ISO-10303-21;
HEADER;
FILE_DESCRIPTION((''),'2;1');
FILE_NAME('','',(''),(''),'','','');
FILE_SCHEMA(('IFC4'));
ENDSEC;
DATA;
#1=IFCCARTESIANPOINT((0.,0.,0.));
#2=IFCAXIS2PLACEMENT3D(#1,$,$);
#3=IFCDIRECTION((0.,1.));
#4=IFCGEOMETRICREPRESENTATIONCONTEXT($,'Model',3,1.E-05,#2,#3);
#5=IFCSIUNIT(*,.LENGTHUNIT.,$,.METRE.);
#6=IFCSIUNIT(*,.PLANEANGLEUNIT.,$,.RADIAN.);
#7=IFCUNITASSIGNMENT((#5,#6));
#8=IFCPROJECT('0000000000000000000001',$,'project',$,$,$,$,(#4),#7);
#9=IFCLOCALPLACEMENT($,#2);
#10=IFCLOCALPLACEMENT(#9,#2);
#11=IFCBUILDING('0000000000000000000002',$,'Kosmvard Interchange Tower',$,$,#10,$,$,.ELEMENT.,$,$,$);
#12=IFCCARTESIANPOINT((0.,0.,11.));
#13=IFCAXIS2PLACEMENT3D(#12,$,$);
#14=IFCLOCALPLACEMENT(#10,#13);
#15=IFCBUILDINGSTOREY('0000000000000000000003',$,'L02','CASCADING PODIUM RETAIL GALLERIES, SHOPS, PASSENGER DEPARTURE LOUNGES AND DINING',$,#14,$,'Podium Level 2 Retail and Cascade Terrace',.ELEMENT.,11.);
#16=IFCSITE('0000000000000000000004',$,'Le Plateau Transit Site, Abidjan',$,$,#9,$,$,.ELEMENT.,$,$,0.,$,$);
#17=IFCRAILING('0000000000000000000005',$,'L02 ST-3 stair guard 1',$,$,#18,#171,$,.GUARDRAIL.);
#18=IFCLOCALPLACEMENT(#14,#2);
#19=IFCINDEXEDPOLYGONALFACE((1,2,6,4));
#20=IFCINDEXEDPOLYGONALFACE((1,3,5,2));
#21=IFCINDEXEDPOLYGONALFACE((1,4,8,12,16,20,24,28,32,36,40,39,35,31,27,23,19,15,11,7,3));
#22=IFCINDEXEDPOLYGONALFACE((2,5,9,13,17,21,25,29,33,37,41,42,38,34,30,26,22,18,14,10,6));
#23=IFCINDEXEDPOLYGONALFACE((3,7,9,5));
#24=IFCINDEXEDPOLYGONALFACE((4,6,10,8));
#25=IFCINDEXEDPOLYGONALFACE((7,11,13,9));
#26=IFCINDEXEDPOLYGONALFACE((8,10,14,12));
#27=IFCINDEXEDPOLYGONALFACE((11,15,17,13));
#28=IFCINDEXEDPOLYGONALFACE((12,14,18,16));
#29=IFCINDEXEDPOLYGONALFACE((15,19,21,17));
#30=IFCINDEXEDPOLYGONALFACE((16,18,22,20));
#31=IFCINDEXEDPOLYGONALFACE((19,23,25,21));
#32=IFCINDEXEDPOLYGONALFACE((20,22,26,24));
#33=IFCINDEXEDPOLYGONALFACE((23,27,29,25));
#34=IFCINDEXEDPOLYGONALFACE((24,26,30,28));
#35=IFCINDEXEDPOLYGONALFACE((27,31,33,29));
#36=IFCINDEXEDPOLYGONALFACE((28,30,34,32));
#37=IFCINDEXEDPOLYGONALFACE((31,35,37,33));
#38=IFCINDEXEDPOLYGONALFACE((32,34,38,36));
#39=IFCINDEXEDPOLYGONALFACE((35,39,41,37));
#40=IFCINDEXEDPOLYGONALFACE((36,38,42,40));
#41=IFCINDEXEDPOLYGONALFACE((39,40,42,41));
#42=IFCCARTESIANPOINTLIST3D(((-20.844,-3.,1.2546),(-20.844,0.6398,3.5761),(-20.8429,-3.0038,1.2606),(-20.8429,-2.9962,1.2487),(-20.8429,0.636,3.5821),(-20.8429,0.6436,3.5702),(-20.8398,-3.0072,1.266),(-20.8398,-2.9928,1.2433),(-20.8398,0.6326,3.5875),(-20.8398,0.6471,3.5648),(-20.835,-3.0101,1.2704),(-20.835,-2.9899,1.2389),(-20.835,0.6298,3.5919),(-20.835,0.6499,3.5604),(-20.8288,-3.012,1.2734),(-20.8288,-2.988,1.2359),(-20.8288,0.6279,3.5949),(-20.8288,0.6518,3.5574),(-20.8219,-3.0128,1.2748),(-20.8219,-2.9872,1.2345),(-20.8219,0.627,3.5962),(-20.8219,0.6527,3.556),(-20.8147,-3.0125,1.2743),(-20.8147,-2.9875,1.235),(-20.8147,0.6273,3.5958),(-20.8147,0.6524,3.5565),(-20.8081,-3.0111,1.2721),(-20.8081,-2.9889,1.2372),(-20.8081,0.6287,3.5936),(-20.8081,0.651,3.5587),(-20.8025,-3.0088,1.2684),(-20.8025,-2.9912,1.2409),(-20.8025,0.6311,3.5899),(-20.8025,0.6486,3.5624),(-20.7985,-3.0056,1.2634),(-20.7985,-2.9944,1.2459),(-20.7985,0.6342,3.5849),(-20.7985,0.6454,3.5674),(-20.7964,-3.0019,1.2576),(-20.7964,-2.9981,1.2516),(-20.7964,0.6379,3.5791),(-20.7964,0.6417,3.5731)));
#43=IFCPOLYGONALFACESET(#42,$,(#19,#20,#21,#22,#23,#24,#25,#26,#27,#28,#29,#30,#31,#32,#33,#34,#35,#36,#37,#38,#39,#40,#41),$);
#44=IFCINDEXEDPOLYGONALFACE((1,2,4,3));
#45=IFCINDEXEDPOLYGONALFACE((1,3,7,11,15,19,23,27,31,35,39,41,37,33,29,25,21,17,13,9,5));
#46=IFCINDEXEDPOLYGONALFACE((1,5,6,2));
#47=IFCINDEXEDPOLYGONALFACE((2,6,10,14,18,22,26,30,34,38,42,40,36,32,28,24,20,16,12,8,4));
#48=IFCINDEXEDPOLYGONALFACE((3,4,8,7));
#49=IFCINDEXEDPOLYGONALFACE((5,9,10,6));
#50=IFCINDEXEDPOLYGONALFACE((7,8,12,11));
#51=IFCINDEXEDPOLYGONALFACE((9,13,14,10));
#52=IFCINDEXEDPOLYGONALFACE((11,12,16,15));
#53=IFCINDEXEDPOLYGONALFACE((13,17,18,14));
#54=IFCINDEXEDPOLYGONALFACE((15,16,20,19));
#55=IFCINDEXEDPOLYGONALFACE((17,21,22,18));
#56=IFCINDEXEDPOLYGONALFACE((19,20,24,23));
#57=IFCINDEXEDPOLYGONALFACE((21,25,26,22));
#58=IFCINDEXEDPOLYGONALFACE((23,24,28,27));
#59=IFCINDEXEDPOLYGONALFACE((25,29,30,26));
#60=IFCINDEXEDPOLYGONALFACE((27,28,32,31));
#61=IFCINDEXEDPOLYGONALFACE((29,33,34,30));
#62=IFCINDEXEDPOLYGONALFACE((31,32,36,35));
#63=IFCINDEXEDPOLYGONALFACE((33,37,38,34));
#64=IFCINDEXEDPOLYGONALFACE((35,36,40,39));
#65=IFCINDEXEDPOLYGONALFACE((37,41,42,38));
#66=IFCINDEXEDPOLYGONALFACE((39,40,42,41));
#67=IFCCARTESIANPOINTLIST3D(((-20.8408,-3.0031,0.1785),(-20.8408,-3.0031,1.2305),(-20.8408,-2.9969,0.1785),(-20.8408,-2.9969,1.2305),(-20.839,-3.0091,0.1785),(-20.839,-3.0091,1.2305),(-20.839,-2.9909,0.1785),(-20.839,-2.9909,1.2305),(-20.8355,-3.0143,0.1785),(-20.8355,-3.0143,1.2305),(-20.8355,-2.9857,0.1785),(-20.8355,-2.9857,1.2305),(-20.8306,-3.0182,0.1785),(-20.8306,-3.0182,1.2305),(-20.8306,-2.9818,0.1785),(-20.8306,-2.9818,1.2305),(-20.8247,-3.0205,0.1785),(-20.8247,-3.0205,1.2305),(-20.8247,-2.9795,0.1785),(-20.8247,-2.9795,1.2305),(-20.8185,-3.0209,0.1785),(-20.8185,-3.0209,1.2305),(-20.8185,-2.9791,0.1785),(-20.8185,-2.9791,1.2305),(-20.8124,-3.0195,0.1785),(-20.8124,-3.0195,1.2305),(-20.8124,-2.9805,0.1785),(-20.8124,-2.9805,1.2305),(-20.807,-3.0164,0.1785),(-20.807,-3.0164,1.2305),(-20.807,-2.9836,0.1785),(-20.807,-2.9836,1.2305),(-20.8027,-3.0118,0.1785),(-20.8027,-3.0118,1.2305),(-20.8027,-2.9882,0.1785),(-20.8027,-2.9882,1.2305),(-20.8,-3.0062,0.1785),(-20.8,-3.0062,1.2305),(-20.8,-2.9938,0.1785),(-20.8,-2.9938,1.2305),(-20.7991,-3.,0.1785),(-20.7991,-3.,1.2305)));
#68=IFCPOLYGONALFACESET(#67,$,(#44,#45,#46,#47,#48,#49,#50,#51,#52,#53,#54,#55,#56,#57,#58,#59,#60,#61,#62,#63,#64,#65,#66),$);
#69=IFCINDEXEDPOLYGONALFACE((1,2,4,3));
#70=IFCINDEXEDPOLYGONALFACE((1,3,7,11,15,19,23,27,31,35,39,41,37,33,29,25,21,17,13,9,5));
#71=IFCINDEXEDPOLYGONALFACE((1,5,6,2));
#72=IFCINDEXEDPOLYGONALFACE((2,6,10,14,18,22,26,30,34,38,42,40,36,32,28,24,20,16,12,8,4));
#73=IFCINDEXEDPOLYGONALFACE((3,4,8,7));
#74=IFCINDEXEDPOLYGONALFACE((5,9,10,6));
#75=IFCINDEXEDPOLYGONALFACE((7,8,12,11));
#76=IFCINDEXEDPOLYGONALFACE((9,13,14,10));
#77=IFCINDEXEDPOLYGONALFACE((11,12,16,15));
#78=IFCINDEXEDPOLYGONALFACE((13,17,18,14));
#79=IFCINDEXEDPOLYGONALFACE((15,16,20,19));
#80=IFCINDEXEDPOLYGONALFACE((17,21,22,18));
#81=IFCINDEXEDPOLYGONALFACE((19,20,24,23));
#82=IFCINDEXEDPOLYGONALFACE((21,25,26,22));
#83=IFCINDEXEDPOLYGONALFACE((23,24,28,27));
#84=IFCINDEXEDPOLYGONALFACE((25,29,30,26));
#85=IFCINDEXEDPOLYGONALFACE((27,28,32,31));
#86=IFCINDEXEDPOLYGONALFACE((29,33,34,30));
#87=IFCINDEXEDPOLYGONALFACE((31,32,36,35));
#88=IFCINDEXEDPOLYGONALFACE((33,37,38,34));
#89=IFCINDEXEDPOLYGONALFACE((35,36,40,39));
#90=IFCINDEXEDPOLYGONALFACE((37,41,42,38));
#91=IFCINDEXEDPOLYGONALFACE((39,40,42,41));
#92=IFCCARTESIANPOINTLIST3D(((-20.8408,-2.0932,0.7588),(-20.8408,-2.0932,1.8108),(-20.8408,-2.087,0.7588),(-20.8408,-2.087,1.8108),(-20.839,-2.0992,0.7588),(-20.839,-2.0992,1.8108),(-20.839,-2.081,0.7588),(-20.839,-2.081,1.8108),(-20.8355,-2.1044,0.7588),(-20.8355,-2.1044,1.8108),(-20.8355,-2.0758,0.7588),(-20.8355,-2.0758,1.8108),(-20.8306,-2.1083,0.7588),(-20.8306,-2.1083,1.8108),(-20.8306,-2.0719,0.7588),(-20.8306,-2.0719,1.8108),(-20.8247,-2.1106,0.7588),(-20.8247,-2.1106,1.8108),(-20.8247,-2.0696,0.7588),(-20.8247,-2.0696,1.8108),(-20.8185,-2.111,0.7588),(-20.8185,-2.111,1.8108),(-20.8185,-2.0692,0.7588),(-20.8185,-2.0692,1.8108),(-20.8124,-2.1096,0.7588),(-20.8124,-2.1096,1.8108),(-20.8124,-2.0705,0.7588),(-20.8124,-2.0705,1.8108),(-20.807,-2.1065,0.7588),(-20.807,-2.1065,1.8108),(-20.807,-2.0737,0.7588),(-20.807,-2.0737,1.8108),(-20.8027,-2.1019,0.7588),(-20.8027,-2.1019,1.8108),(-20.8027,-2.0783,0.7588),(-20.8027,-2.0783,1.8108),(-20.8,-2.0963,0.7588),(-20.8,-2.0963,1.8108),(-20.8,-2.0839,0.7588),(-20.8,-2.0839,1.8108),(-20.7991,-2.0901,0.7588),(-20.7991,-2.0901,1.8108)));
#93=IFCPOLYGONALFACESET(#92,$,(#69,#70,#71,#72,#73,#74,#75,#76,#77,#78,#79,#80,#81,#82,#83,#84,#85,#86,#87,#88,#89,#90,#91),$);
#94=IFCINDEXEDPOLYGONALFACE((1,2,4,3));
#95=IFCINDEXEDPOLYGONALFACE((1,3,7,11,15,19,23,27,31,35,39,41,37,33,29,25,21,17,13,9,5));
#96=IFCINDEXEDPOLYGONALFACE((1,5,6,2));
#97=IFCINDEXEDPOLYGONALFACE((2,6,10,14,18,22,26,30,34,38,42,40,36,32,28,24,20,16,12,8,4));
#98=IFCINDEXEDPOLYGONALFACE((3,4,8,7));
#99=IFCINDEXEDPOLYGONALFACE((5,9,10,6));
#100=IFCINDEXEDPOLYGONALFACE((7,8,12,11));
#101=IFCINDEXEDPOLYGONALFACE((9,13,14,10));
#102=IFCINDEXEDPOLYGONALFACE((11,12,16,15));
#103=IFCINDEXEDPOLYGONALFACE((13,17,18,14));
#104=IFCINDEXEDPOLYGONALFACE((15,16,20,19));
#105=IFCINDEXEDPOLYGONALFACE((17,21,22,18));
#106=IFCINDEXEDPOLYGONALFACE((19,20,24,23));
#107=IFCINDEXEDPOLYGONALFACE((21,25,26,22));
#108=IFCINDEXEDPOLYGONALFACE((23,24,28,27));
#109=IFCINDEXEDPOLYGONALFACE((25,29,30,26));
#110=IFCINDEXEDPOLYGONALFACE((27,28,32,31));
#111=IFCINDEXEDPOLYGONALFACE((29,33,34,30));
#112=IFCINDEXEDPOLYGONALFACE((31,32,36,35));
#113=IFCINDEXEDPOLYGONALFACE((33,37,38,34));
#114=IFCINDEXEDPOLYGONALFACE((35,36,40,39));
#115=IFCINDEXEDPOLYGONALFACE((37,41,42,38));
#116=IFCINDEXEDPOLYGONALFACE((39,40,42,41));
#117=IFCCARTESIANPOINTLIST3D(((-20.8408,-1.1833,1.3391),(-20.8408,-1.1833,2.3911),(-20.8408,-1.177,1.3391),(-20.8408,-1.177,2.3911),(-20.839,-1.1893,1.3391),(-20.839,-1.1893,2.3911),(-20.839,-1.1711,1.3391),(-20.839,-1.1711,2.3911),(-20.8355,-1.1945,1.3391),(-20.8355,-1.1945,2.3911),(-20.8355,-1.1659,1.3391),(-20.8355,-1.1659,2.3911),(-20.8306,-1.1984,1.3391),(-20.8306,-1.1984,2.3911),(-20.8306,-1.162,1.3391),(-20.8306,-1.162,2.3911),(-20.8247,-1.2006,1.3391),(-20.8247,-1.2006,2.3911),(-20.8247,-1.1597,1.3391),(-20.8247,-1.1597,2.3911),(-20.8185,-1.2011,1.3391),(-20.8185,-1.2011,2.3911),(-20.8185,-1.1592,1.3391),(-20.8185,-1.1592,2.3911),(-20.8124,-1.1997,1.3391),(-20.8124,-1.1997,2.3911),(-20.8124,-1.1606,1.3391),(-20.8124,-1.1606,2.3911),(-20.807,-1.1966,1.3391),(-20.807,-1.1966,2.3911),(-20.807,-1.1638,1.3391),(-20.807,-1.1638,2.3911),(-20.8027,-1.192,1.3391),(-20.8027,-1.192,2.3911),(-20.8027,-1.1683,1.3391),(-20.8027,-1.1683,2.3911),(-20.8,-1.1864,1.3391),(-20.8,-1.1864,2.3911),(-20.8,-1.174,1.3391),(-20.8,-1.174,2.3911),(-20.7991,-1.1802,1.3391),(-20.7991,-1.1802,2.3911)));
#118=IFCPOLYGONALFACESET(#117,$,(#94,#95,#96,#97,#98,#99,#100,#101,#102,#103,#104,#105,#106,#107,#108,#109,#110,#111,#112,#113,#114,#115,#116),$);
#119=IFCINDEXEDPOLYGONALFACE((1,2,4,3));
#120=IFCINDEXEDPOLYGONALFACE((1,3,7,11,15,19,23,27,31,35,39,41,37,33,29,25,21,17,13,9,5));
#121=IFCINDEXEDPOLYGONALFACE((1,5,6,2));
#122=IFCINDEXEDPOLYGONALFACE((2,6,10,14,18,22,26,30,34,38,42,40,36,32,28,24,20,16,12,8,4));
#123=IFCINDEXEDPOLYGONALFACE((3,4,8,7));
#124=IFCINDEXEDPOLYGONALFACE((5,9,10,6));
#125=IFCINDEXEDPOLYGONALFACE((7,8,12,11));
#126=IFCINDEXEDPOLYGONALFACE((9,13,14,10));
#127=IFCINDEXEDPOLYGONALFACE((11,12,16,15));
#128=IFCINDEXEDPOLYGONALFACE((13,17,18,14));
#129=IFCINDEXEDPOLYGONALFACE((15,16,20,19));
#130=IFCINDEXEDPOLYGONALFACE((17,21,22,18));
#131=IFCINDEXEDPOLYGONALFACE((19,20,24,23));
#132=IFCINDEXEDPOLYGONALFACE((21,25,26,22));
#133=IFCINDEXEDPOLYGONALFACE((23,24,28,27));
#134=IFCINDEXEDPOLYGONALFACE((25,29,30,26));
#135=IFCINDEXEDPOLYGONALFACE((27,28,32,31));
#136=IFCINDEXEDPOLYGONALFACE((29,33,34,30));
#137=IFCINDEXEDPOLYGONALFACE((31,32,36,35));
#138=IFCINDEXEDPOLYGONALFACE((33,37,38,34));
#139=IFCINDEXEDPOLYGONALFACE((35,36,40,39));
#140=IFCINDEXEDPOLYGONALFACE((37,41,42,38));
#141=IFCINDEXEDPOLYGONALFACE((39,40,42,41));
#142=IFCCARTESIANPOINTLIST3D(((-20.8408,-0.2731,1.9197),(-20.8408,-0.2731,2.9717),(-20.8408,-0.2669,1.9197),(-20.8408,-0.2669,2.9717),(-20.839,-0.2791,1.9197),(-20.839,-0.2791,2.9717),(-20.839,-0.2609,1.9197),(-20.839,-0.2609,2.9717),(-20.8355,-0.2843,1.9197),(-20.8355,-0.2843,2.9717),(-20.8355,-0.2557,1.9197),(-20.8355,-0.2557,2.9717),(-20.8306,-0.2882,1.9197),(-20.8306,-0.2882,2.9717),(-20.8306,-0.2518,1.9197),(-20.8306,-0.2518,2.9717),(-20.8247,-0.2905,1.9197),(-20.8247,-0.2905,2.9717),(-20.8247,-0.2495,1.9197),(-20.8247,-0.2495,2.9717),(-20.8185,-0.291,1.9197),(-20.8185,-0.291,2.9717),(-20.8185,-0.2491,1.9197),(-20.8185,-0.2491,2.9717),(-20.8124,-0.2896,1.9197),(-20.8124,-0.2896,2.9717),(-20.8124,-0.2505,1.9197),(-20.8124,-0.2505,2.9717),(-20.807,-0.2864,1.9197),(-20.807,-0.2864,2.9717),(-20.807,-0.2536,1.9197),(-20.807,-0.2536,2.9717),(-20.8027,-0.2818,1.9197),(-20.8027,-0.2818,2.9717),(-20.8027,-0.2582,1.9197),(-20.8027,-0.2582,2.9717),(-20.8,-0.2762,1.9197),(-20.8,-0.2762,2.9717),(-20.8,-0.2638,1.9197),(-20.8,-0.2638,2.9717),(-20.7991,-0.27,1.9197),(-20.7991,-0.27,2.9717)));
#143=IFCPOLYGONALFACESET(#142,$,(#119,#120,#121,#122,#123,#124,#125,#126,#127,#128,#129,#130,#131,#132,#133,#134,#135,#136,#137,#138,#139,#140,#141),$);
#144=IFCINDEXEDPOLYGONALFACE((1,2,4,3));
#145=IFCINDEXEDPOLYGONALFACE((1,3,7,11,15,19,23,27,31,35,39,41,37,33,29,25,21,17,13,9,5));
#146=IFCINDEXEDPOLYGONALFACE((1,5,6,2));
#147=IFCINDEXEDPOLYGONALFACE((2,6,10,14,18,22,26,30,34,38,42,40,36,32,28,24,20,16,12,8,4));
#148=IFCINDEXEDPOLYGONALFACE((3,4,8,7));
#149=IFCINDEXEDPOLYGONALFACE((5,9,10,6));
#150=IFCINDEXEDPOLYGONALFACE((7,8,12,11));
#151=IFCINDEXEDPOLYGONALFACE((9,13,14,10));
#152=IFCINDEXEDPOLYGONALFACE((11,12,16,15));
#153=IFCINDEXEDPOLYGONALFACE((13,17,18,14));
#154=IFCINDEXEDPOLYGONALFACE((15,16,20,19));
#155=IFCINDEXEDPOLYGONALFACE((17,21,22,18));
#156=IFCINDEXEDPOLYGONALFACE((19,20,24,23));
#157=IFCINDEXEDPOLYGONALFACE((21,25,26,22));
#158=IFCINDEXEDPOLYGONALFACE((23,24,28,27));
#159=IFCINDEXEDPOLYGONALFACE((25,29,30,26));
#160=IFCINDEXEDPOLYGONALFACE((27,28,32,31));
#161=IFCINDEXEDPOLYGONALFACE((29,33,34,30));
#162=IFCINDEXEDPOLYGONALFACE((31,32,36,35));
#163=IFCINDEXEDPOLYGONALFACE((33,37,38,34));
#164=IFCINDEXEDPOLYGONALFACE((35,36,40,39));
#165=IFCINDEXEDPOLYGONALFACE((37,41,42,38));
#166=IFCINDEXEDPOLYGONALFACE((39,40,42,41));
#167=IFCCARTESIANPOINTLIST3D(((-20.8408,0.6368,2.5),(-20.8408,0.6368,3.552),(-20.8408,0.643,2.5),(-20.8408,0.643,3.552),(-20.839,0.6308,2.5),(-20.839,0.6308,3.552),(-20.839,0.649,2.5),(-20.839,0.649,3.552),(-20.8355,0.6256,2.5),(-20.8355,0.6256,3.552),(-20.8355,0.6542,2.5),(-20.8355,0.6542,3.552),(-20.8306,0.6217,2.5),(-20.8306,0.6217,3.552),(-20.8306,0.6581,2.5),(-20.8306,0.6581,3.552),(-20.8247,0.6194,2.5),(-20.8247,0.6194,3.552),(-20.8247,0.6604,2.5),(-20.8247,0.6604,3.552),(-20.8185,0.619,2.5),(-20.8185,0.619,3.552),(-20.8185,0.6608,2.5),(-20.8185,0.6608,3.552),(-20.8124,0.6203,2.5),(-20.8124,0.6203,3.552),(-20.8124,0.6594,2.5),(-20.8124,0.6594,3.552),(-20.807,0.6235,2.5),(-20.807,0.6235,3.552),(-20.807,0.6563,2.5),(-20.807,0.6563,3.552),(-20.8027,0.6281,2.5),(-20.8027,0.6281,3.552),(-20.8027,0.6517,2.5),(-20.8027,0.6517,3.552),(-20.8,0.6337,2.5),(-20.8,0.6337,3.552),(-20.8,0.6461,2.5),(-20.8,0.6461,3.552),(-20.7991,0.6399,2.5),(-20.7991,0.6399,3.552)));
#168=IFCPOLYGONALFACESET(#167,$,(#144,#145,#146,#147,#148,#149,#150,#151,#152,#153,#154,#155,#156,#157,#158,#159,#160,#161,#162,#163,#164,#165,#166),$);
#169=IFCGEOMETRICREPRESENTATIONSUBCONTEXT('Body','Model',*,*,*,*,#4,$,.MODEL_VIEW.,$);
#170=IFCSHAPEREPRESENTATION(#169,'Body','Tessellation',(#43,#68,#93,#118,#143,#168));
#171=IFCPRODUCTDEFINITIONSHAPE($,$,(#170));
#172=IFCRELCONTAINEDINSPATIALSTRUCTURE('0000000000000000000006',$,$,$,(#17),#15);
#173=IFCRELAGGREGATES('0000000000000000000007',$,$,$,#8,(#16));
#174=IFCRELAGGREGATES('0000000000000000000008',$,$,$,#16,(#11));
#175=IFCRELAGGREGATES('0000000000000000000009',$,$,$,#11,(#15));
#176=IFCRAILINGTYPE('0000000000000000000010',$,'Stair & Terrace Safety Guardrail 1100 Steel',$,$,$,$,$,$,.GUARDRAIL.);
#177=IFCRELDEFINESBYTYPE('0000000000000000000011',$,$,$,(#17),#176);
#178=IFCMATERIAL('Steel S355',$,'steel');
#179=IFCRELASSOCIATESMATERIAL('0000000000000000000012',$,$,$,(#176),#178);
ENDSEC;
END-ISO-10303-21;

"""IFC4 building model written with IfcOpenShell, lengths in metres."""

from ifc_helpers import new_model, si_unit, direction, frame, origin, origin_2d, place, context, subcontext, project, spatial, circle, extrude, source, transform, mapped, material, type_object, element, save


model = new_model("IFC4")

# Units and contexts
model_context = context("Model", 3, precision=1e-05, world=origin(), true_north=direction((0.0, 1.0)))
body_context = subcontext(model_context, "Body", "Model", "MODEL_VIEW")
ifc_project = project(units=[si_unit("LENGTHUNIT", "METRE"), si_unit("PLANEANGLEUNIT", "RADIAN")], contexts=[model_context])

# Site, building, storey
site_placement = place(None, origin())
site = spatial("IfcSite", under=ifc_project, at=site_placement, Name="Le Plateau Transit Site, Abidjan", CompositionType="ELEMENT", RefElevation=0.0)
building_placement = place(site_placement, origin())
building = spatial("IfcBuilding", under=site, at=building_placement, Name="Kosmvard Interchange Tower", CompositionType="ELEMENT")
storey_placement = place(building_placement, frame((0.0, 0.0, 11.0)))
storey = spatial("IfcBuildingStorey", under=building, at=storey_placement, Name="L02", Description="CASCADING PODIUM RETAIL GALLERIES, SHOPS, PASSENGER DEPARTURE LOUNGES AND DINING", LongName="Podium Level 2 Retail and Cascade Terrace", CompositionType="ELEMENT", Elevation=11.0)

# Shared definitions
ifc_material_1 = material(Name="Steel S355", Category="steel")

# Railing
railing_type_1 = type_object("IfcRailingType", Name="Stair & Terrace Safety Guardrail 1100 Steel", PredefinedType="GUARDRAIL", material=ifc_material_1)
shared_shape_1 = source(origin(), body_context, "Body", "SweptSolid", [
    extrude(circle(Radius=0.0239, at=origin_2d()), frame((0.0, 0.0, 1.0762), z_axis=(0.0, 0.843112, 0.537739), x_axis=(-1.0, 0.0, 0.0)), (0.0, 0.0, 1.0), 4.3171),
    extrude(circle(Radius=0.021, at=origin_2d()), origin(), (0.0, 0.0, 1.0), 1.052),
    extrude(circle(Radius=0.021, at=origin_2d()), frame((0.0, 0.9099, 0.5803)), (0.0, 0.0, 1.0), 1.052),
    extrude(circle(Radius=0.021, at=origin_2d()), frame((0.0, 1.8198, 1.1606)), (0.0, 0.0, 1.0), 1.052),
    extrude(circle(Radius=0.021, at=origin_2d()), frame((0.0, 2.73, 1.7412)), (0.0, 0.0, 1.0), 1.052),
    extrude(circle(Radius=0.021, at=origin_2d()), frame((0.0, 3.6399, 2.3215)), (0.0, 0.0, 1.0), 1.052),
])
railing_1_placement = place(storey_placement, frame((-20.8201, -3.0, 0.1785)))
element("IfcRailing", 1, at=railing_1_placement, inside=storey, type_object=railing_type_1, Name="L02 ST-3 stair guard 1", PredefinedType="GUARDRAIL", context=body_context, shape_type="MappedRepresentation", body=[
    mapped(shared_shape_1, transform((0.0, 0.0, 0.0), scale=1.0)),
])

save(model, "model.ifc")
